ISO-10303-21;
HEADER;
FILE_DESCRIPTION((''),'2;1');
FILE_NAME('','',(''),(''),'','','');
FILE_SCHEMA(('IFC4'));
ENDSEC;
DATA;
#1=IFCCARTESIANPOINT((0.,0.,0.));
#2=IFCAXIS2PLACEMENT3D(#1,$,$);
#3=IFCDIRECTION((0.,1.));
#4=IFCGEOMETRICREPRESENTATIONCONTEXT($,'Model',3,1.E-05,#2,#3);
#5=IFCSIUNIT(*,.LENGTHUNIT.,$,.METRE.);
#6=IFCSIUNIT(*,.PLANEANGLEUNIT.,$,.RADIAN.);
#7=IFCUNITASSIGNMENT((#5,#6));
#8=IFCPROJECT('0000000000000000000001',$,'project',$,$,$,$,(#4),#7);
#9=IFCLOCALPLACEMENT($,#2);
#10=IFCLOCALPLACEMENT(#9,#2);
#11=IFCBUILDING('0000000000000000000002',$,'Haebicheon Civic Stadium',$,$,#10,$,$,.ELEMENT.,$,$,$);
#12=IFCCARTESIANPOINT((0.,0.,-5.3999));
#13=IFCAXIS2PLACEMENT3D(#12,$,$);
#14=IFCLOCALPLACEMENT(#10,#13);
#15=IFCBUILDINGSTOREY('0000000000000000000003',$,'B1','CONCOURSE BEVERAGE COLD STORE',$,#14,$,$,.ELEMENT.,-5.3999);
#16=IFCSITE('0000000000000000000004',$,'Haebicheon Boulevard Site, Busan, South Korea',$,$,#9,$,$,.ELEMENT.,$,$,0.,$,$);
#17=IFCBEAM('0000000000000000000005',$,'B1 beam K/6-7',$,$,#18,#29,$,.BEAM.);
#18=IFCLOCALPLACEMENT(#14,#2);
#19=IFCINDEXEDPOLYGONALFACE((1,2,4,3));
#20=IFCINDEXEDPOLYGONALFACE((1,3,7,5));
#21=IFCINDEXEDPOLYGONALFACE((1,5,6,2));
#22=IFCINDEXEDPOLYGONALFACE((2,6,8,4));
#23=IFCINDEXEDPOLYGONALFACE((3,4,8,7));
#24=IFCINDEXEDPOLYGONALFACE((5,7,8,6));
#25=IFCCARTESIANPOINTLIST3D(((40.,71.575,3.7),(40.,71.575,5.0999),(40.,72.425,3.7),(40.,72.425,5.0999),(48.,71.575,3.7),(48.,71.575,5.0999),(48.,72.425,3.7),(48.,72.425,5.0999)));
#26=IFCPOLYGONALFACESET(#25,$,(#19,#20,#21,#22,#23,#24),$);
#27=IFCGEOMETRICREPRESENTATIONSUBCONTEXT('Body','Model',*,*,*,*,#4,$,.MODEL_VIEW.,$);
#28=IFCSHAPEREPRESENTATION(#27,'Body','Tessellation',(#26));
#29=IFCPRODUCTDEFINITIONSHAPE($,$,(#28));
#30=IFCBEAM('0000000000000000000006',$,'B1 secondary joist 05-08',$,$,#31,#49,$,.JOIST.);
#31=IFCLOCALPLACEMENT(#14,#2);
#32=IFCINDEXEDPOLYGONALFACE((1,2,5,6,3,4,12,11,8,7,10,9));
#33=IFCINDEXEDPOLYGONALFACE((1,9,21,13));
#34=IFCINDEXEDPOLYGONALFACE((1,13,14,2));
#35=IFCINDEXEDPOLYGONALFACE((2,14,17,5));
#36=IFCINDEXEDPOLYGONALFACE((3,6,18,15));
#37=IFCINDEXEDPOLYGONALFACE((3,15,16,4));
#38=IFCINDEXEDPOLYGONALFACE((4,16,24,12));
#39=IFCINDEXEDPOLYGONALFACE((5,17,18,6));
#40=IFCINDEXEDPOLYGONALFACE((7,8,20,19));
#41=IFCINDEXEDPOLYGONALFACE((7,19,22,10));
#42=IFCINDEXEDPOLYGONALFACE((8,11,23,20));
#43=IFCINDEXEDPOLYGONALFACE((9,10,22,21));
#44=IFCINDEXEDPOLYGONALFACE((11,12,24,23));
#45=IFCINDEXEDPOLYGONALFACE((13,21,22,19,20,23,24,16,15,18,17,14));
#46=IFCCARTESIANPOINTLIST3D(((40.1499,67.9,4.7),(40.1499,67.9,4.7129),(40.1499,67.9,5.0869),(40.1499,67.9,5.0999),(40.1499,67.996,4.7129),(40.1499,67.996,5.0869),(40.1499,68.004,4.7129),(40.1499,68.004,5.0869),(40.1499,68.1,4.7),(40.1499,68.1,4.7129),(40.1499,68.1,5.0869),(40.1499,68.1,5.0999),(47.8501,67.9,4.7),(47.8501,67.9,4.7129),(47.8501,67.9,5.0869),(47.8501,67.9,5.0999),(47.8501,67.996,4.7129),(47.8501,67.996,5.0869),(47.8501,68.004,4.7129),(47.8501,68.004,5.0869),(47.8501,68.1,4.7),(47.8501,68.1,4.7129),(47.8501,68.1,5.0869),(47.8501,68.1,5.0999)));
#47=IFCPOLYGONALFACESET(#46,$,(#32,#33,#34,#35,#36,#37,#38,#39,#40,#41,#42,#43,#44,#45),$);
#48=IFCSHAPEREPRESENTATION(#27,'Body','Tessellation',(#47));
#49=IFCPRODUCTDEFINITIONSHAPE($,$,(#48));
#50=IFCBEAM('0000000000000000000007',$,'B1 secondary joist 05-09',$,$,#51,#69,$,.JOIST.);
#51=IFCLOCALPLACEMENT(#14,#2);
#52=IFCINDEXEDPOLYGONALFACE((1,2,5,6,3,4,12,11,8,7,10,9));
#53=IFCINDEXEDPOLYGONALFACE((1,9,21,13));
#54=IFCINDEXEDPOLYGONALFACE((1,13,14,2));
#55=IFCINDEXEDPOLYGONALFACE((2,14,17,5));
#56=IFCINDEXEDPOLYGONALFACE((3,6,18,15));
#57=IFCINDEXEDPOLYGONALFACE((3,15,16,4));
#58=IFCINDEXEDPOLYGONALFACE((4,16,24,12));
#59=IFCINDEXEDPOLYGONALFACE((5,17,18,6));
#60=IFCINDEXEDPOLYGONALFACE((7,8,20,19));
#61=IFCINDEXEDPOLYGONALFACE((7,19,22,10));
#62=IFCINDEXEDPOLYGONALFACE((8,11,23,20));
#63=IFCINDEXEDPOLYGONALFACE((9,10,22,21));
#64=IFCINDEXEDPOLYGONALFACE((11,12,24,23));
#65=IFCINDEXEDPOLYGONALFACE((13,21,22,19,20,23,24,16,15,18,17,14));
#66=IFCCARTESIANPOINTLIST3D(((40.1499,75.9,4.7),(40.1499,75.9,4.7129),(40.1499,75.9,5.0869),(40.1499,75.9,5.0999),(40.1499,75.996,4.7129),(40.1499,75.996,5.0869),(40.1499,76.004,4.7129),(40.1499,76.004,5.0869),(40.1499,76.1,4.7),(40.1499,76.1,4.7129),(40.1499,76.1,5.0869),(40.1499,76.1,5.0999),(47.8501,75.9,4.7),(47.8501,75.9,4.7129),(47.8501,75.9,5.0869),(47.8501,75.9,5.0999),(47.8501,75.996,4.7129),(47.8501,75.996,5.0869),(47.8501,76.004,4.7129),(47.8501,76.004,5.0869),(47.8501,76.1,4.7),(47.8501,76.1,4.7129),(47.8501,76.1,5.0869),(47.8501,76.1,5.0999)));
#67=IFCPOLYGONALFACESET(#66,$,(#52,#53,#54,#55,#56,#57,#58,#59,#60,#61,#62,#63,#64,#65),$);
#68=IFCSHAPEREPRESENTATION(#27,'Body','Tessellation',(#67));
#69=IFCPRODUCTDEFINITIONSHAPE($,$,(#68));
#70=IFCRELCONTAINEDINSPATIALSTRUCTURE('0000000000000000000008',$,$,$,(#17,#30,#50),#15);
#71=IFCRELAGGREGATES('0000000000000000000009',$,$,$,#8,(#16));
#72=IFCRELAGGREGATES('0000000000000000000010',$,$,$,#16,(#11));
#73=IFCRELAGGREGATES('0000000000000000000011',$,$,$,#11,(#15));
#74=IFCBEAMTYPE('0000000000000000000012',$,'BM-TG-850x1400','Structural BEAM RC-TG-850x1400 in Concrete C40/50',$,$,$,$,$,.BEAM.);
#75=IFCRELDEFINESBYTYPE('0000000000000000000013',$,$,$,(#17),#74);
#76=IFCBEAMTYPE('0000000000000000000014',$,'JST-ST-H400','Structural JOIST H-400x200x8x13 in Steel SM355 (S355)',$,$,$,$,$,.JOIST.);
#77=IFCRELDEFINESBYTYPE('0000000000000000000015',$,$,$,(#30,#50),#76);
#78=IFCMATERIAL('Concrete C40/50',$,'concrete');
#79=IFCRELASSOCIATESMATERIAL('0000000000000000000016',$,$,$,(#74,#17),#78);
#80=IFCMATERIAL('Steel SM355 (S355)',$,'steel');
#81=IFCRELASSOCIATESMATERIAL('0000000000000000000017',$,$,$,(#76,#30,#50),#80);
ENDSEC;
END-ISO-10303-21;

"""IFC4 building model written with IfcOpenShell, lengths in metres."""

from ifc_helpers import new_model, si_unit, direction, frame, origin, origin_2d, place, context, subcontext, project, spatial, rectangle, i_section, extrude, material, material_profile, profile_set, type_object, element, save


model = new_model("IFC4")

# Units and contexts
model_context = context("Model", 3, precision=1e-05, world=origin(), true_north=direction((0.0, 1.0)))
body_context = subcontext(model_context, "Body", "Model", "MODEL_VIEW")
ifc_project = project(units=[si_unit("LENGTHUNIT", "METRE"), si_unit("PLANEANGLEUNIT", "RADIAN")], contexts=[model_context])

# Site, building, storey
site_placement = place(None, origin())
site = spatial("IfcSite", under=ifc_project, at=site_placement, Name="Haebicheon Boulevard Site, Busan, South Korea", CompositionType="ELEMENT", RefElevation=0.0)
building_placement = place(site_placement, origin())
building = spatial("IfcBuilding", under=site, at=building_placement, Name="Haebicheon Civic Stadium", CompositionType="ELEMENT")
storey_placement = place(building_placement, frame((0.0, 0.0, -5.3999)))
storey = spatial("IfcBuildingStorey", under=building, at=storey_placement, Name="B1", Description="CONCOURSE BEVERAGE COLD STORE", CompositionType="ELEMENT", Elevation=-5.3999)

# Beams
ifc_material_1 = material(Name="Concrete C40/50", Category="concrete")
ifc_material_profile_1 = material_profile(ifc_material_1, rectangle(XDim=0.8501, YDim=1.3999, at=origin_2d()), Name="RC-TG-850x1400")
ifc_profile_set_1 = profile_set([ifc_material_profile_1], Name="Concrete C40/50")
beam_type_1 = type_object("IfcBeamType", Name="BM-TG-850x1400", Description="Structural BEAM RC-TG-850x1400 in Concrete C40/50", PredefinedType="BEAM", material=ifc_profile_set_1)
beam_1_placement = place(storey_placement, frame((40.0, 72.0, 4.3999), z_axis=(1.0, 0.0, 0.0), x_axis=(0.0, 1.0, 0.0)))
element("IfcBeam", 1, at=beam_1_placement, inside=storey, type_object=beam_type_1, material=ifc_profile_set_1, Name="B1 beam K/6-7", PredefinedType="BEAM", context=body_context, shape_type="SweptSolid", body=[
    extrude(rectangle(XDim=0.8501, YDim=1.3999, at=origin_2d()), origin(), (0.0, 0.0, 1.0), 8.0),
])
ifc_material_2 = material(Name="Steel SM355 (S355)", Category="steel")
ifc_material_profile_2 = material_profile(ifc_material_2, i_section(OverallWidth=0.2, OverallDepth=0.3999, WebThickness=0.0081, FlangeThickness=0.0129, at=origin_2d()), Name="H-400x200x8x13")
ifc_profile_set_2 = profile_set([ifc_material_profile_2], Name="Steel SM355 (S355)")
beam_type_2 = type_object("IfcBeamType", Name="JST-ST-H400", Description="Structural JOIST H-400x200x8x13 in Steel SM355 (S355)", PredefinedType="JOIST", material=ifc_profile_set_2)
for number, where, z_axis, x_axis, name in (
    (2, (40.1499, 68.0, 4.8999), (1.0, 0.0, 0.0), (0.0, 1.0, 0.0), "B1 secondary joist 05-08"),
    (3, (40.1499, 76.0, 4.8999), (1.0, 0.0, 0.0), (0.0, 1.0, 0.0), "B1 secondary joist 05-09"),
):
    element("IfcBeam", number, at=place(storey_placement, frame(where, z_axis=z_axis, x_axis=x_axis)), inside=storey, type_object=beam_type_2, material=ifc_profile_set_2, Name=name, PredefinedType="JOIST", context=body_context, shape_type="SweptSolid", body=[
        extrude(i_section(OverallWidth=0.2, OverallDepth=0.3999, WebThickness=0.0081, FlangeThickness=0.0129, at=origin_2d()), origin(), (0.0, 0.0, 1.0), 7.7002),
    ])

save(model, "model.ifc")
